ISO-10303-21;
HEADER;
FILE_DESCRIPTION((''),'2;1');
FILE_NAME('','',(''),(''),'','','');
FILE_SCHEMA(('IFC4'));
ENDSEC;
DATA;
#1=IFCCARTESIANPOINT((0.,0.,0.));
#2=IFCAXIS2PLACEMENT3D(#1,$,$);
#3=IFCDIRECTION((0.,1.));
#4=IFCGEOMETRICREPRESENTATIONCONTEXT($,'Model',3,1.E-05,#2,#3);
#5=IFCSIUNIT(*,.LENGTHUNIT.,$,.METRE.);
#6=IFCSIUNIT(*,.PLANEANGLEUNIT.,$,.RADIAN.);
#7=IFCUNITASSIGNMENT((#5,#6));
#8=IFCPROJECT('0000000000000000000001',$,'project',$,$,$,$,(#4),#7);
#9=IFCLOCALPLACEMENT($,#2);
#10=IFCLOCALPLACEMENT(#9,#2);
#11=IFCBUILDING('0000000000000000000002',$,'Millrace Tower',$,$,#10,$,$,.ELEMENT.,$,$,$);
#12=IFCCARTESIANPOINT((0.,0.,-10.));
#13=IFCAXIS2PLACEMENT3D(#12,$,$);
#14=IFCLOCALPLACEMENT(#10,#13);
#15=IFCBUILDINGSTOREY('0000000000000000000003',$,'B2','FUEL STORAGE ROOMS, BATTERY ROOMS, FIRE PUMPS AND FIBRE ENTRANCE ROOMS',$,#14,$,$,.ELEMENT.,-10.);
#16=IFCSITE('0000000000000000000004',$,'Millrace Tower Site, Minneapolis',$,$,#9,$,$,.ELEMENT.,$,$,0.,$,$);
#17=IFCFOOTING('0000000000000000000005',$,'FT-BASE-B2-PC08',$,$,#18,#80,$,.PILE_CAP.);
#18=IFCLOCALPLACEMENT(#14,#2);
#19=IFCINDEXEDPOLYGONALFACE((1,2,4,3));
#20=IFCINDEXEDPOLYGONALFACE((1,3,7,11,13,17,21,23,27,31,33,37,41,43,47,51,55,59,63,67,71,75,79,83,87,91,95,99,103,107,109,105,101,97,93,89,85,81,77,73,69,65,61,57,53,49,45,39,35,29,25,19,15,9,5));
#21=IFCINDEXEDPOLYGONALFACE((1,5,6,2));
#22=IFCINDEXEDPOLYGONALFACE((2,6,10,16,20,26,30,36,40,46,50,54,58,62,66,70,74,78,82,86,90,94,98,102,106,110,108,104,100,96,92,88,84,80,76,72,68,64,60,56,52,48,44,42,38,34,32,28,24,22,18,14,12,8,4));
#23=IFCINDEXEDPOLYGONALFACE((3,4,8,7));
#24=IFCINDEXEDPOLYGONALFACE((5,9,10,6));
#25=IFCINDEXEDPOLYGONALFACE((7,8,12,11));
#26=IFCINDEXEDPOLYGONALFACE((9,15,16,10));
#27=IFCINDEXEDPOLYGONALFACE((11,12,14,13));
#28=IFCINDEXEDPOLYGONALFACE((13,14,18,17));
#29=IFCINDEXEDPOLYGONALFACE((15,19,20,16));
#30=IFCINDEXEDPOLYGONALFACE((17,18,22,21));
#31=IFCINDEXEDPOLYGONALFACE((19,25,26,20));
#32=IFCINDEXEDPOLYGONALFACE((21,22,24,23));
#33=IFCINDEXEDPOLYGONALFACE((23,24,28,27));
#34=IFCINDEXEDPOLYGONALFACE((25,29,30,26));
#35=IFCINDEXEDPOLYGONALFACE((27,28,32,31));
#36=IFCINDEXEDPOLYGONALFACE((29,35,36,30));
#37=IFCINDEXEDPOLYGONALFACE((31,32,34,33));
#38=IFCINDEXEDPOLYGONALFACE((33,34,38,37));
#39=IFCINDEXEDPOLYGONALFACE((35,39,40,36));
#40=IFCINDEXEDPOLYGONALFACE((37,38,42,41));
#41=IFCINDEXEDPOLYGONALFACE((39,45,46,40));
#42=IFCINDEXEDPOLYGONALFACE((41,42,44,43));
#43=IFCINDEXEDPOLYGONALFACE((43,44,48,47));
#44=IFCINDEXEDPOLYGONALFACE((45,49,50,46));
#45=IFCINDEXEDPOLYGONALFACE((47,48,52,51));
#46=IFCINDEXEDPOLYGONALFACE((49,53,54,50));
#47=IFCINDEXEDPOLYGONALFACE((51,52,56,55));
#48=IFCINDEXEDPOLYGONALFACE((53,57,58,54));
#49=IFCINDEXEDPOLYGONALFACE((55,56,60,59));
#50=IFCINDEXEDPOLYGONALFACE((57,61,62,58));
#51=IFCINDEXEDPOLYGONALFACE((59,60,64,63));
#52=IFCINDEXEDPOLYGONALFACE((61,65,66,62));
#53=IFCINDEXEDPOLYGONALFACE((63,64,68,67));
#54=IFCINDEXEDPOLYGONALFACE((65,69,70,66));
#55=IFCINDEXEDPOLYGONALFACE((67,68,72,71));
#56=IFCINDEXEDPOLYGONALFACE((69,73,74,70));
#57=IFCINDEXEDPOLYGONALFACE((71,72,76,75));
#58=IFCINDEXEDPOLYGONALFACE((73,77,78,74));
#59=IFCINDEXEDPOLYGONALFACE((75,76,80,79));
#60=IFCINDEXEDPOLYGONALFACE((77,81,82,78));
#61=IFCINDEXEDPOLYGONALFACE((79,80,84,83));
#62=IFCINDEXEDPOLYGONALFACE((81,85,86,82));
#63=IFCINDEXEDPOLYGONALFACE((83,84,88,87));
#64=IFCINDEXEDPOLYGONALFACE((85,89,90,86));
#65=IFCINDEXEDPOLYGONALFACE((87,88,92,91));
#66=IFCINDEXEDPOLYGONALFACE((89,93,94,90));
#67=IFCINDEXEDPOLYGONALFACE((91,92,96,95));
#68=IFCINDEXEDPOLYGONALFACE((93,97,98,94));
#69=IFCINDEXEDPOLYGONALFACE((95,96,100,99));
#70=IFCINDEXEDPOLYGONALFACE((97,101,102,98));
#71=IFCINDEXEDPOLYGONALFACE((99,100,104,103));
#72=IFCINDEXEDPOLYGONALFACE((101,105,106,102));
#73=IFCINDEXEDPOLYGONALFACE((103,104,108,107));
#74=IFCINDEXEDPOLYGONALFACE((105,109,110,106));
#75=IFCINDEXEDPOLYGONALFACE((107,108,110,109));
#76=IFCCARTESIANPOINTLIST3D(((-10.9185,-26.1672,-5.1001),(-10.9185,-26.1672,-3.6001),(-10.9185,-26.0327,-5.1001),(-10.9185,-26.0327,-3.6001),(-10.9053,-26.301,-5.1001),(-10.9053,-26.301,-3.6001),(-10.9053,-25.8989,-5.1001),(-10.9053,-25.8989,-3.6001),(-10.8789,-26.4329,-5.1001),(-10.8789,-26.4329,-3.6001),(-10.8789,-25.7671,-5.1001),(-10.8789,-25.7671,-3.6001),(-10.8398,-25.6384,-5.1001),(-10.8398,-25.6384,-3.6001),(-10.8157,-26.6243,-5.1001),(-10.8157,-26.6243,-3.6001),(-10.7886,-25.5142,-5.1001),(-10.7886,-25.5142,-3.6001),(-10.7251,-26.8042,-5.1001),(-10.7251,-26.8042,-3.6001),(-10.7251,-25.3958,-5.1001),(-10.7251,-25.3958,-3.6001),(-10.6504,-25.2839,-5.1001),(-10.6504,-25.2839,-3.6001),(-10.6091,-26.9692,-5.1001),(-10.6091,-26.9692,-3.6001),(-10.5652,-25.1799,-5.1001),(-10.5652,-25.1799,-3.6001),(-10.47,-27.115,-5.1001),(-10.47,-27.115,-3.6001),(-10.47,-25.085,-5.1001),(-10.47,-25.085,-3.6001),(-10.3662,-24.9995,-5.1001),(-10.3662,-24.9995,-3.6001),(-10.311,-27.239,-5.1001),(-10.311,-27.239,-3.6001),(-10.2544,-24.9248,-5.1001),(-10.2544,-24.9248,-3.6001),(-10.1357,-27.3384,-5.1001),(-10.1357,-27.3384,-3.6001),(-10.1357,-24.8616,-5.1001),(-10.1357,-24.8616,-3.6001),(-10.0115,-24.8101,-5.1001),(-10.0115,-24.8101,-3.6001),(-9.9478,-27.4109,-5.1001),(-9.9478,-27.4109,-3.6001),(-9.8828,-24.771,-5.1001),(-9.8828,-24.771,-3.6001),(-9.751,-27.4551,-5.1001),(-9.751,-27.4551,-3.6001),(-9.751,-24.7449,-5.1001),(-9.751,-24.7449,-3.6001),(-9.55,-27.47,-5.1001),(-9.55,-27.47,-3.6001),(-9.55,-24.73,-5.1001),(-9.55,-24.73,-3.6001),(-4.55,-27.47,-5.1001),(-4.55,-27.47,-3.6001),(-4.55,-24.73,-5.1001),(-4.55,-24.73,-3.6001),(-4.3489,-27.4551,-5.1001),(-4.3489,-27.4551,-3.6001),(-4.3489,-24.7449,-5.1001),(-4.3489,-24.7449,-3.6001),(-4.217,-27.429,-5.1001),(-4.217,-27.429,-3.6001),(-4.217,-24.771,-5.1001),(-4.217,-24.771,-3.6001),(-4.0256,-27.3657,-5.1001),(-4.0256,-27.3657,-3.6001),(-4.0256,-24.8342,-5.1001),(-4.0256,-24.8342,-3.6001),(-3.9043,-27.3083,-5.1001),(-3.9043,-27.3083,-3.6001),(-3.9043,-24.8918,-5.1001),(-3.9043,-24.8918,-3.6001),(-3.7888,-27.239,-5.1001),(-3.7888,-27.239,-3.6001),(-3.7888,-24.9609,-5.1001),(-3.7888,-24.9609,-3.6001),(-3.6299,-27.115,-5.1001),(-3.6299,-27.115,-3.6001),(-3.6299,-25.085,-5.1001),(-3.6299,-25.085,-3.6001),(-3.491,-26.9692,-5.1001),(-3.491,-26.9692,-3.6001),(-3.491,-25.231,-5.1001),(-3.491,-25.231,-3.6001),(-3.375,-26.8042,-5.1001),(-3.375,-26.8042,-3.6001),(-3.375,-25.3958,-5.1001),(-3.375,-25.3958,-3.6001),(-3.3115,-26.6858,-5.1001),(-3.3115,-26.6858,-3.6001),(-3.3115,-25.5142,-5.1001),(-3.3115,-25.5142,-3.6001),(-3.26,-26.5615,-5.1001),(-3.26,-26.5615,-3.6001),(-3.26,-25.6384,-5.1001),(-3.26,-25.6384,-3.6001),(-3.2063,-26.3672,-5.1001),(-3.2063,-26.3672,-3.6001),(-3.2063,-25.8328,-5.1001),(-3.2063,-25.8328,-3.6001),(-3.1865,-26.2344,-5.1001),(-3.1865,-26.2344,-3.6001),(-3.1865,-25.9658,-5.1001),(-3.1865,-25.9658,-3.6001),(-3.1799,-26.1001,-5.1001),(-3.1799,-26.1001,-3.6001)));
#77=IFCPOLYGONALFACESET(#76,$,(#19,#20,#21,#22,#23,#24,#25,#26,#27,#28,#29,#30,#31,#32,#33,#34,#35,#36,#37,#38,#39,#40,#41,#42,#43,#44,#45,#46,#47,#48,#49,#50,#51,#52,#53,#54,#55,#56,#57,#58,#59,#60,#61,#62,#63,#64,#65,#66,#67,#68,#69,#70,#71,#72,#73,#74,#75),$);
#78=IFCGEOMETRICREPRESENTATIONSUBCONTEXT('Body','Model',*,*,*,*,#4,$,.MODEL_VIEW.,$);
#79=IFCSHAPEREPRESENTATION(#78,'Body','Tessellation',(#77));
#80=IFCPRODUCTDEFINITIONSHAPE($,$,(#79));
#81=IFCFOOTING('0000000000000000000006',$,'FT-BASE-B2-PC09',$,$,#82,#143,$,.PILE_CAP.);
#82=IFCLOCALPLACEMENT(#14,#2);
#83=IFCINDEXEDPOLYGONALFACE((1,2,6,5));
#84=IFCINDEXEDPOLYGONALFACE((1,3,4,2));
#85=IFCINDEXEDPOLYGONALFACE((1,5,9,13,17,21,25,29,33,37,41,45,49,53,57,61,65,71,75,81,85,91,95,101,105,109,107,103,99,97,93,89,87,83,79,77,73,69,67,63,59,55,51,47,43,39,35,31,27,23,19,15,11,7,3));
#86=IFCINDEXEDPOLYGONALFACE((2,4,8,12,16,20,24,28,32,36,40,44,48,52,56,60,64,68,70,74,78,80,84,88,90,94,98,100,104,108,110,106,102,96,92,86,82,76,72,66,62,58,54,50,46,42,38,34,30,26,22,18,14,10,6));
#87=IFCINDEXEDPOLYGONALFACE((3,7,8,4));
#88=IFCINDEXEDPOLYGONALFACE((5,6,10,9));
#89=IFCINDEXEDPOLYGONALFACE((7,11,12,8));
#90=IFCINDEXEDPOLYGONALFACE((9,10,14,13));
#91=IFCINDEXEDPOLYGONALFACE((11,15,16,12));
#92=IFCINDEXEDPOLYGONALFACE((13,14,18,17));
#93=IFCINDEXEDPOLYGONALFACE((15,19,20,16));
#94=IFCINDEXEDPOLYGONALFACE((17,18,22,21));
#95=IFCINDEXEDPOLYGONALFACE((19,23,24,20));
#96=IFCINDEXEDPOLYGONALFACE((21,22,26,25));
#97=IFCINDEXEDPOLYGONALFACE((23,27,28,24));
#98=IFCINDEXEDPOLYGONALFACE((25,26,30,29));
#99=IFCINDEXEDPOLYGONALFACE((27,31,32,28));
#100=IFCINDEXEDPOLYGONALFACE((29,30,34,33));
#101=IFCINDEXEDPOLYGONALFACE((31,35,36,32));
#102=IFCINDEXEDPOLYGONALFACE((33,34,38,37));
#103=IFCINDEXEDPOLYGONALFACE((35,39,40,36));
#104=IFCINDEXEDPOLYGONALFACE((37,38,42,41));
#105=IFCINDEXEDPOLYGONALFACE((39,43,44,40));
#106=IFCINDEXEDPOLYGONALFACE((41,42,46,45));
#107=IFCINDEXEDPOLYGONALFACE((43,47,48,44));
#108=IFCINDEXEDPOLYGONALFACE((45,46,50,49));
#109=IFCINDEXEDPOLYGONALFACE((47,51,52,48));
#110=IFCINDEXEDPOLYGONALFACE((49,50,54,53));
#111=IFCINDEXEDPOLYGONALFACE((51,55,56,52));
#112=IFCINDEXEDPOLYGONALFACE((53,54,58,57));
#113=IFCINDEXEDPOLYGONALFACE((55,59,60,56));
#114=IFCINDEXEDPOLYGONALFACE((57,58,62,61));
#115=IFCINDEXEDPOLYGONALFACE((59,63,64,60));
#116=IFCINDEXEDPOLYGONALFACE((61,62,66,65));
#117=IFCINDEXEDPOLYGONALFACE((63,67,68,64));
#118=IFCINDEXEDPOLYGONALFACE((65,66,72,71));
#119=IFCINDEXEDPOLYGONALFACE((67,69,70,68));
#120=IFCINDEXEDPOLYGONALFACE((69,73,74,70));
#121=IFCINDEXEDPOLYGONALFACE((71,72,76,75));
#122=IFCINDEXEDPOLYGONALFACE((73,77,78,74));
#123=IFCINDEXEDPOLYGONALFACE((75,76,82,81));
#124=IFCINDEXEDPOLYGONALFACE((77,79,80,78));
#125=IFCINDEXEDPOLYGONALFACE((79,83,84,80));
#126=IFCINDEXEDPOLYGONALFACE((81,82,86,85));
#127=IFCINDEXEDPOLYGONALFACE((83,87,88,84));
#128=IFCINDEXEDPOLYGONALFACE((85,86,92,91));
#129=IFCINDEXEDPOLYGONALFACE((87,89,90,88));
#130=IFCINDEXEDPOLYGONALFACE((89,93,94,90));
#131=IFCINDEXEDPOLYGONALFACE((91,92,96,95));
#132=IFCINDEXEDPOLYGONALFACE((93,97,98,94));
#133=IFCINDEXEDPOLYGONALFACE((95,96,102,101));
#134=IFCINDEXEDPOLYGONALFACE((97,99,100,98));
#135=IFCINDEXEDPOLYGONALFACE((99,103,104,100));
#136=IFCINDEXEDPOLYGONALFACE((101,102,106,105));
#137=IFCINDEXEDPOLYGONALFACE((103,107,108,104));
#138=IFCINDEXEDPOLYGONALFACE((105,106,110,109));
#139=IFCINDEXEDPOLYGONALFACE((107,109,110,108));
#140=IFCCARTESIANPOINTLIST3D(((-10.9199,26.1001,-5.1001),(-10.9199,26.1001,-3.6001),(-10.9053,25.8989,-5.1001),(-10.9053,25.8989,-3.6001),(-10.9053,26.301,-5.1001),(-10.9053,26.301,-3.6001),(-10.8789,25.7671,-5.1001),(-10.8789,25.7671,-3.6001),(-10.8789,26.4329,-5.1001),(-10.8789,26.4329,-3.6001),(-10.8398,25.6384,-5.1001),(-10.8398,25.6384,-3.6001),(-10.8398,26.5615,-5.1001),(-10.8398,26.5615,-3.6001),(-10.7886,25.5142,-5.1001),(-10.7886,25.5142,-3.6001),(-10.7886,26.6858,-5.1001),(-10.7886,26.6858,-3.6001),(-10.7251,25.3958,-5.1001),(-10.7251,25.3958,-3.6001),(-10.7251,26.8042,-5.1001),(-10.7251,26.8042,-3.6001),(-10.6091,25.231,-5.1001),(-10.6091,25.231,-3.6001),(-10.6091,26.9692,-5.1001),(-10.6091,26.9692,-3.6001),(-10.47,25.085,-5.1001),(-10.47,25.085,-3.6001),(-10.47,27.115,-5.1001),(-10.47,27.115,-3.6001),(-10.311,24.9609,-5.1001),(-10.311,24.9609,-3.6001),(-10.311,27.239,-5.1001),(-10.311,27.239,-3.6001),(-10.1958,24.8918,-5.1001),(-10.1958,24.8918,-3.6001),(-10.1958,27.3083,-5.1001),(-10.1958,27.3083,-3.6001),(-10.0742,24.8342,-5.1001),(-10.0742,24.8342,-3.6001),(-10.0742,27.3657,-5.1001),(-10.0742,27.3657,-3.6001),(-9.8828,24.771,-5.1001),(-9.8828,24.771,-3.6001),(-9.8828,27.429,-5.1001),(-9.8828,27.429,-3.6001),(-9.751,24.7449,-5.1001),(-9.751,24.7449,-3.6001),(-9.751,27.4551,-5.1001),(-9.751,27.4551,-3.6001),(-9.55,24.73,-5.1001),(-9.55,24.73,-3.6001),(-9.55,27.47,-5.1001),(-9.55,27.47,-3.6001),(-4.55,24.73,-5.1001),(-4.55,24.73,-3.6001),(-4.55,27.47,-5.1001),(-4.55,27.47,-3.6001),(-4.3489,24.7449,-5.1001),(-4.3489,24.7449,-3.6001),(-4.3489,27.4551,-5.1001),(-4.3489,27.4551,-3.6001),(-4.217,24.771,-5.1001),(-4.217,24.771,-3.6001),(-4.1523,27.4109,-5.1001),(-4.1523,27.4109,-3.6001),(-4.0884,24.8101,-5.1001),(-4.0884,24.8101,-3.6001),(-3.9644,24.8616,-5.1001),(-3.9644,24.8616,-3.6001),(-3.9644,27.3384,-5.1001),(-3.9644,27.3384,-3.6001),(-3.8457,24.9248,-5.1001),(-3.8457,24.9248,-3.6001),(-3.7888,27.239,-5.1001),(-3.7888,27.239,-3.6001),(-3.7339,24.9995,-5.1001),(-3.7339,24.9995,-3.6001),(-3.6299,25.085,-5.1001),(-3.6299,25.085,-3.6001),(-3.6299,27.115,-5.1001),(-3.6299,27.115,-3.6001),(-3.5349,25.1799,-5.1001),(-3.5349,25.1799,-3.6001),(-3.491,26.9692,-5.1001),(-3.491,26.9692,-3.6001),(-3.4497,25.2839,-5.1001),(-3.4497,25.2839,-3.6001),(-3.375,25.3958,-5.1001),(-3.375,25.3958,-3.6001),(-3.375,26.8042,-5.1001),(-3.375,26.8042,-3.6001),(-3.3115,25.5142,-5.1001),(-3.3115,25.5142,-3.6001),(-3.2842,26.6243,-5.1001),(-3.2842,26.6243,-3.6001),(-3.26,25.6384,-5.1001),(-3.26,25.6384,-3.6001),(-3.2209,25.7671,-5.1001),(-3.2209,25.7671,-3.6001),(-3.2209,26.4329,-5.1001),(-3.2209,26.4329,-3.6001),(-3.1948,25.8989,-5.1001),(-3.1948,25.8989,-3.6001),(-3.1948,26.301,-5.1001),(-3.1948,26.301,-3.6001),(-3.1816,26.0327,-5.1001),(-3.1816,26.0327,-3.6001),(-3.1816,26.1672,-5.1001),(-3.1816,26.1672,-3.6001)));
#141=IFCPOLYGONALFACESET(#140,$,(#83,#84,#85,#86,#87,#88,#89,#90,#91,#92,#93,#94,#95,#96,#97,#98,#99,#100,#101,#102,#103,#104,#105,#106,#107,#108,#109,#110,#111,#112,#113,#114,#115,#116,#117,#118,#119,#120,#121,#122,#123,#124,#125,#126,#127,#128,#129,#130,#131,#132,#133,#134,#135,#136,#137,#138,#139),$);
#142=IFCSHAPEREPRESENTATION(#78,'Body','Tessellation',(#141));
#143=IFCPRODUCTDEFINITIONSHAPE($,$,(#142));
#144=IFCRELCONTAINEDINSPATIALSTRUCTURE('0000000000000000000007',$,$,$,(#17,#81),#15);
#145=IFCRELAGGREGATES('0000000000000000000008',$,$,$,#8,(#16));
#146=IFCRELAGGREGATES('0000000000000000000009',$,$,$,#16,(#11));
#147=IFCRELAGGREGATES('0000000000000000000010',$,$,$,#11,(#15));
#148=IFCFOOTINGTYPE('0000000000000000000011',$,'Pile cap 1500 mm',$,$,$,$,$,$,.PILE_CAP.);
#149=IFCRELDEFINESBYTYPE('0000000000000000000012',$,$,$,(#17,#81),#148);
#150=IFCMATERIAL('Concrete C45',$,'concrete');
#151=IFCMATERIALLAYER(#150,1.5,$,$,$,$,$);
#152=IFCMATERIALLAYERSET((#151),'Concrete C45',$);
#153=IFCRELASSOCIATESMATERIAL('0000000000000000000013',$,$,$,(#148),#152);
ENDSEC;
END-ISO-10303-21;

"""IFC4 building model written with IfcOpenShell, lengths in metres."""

from ifc_helpers import new_model, si_unit, direction, frame, origin, place, context, subcontext, project, spatial, polyline, outline, extrude, material, layer, layer_set, type_object, element, save


model = new_model("IFC4")

# Units and contexts
model_context = context("Model", 3, precision=1e-05, world=origin(), true_north=direction((0.0, 1.0)))
body_context = subcontext(model_context, "Body", "Model", "MODEL_VIEW")
ifc_project = project(units=[si_unit("LENGTHUNIT", "METRE"), si_unit("PLANEANGLEUNIT", "RADIAN")], contexts=[model_context])

# Site, building, storey
site_placement = place(None, origin())
site = spatial("IfcSite", under=ifc_project, at=site_placement, Name="Millrace Tower Site, Minneapolis", CompositionType="ELEMENT", RefElevation=0.0)
building_placement = place(site_placement, origin())
building = spatial("IfcBuilding", under=site, at=building_placement, Name="Millrace Tower", CompositionType="ELEMENT")
storey_placement = place(building_placement, frame((0.0, 0.0, -10.0)))
storey = spatial("IfcBuildingStorey", under=building, at=storey_placement, Name="B2", Description="FUEL STORAGE ROOMS, BATTERY ROOMS, FIRE PUMPS AND FIBRE ENTRANCE ROOMS", CompositionType="ELEMENT", Elevation=-10.0)

# Footings
ifc_material_1 = material(Name="Concrete C45", Category="concrete")
ifc_layer_1 = layer(ifc_material_1, 1.5)
ifc_layer_set_1 = layer_set([ifc_layer_1], Name="Concrete C45")
footing_type = type_object("IfcFootingType", Name="Pile cap 1500 mm", PredefinedType="PILE_CAP", material=ifc_layer_set_1)
placement_1 = place(storey_placement, frame((0.0, 0.0, -5.1001)))
element("IfcFooting", 1, at=placement_1, inside=storey, type_object=footing_type, Name="FT-BASE-B2-PC08", PredefinedType="PILE_CAP", context=body_context, shape_type="SweptSolid", body=[
    extrude(outline(polyline([(-4.217, -24.771), (-4.0256, -24.8342), (-3.9043, -24.8918), (-3.7888, -24.9609), (-3.6299, -25.085), (-3.491, -25.231), (-3.375, -25.3958), (-3.3115, -25.5142), (-3.26, -25.6384), (-3.2063, -25.8328), (-3.1865, -25.9658), (-3.1799, -26.1001), (-3.1865, -26.2344), (-3.2063, -26.3672), (-3.26, -26.5615), (-3.3115, -26.6858), (-3.375, -26.8042), (-3.491, -26.9692), (-3.6299, -27.115), (-3.7888, -27.239), (-3.9043, -27.3083), (-4.0256, -27.3657), (-4.217, -27.429), (-4.3489, -27.4551), (-4.55, -27.47), (-9.55, -27.47), (-9.751, -27.4551), (-9.9478, -27.4109), (-10.1357, -27.3384), (-10.311, -27.239), (-10.47, -27.115), (-10.6091, -26.9692), (-10.7251, -26.8042), (-10.8157, -26.6243), (-10.8789, -26.4329), (-10.9053, -26.301), (-10.9185, -26.1672), (-10.9185, -26.0327), (-10.9053, -25.8989), (-10.8789, -25.7671), (-10.8398, -25.6384), (-10.7886, -25.5142), (-10.7251, -25.3958), (-10.6504, -25.2839), (-10.5652, -25.1799), (-10.47, -25.085), (-10.3662, -24.9995), (-10.2544, -24.9248), (-10.1357, -24.8616), (-10.0115, -24.8101), (-9.8828, -24.771), (-9.751, -24.7449), (-9.55, -24.73), (-4.55, -24.73), (-4.3489, -24.7449), (-4.217, -24.771)])), origin(), (0.0, 0.0, 1.0), 1.5),
])
element("IfcFooting", 2, at=placement_1, inside=storey, type_object=footing_type, Name="FT-BASE-B2-PC09", PredefinedType="PILE_CAP", context=body_context, shape_type="SweptSolid", body=[
    extrude(outline(polyline([(-9.8828, 24.771), (-10.0742, 24.8342), (-10.1958, 24.8918), (-10.311, 24.9609), (-10.47, 25.085), (-10.6091, 25.231), (-10.7251, 25.3958), (-10.7886, 25.5142), (-10.8398, 25.6384), (-10.8789, 25.7671), (-10.9053, 25.8989), (-10.9199, 26.1001), (-10.9053, 26.301), (-10.8789, 26.4329), (-10.8398, 26.5615), (-10.7886, 26.6858), (-10.7251, 26.8042), (-10.6091, 26.9692), (-10.47, 27.115), (-10.311, 27.239), (-10.1958, 27.3083), (-10.0742, 27.3657), (-9.8828, 27.429), (-9.751, 27.4551), (-9.55, 27.47), (-4.55, 27.47), (-4.3489, 27.4551), (-4.1523, 27.4109), (-3.9644, 27.3384), (-3.7888, 27.239), (-3.6299, 27.115), (-3.491, 26.9692), (-3.375, 26.8042), (-3.2842, 26.6243), (-3.2209, 26.4329), (-3.1948, 26.301), (-3.1816, 26.1672), (-3.1816, 26.0327), (-3.1948, 25.8989), (-3.2209, 25.7671), (-3.26, 25.6384), (-3.3115, 25.5142), (-3.375, 25.3958), (-3.4497, 25.2839), (-3.5349, 25.1799), (-3.6299, 25.085), (-3.7339, 24.9995), (-3.8457, 24.9248), (-3.9644, 24.8616), (-4.0884, 24.8101), (-4.217, 24.771), (-4.3489, 24.7449), (-4.55, 24.73), (-9.55, 24.73), (-9.751, 24.7449), (-9.8828, 24.771)])), origin(), (0.0, 0.0, 1.0), 1.5),
])

save(model, "model.ifc")
